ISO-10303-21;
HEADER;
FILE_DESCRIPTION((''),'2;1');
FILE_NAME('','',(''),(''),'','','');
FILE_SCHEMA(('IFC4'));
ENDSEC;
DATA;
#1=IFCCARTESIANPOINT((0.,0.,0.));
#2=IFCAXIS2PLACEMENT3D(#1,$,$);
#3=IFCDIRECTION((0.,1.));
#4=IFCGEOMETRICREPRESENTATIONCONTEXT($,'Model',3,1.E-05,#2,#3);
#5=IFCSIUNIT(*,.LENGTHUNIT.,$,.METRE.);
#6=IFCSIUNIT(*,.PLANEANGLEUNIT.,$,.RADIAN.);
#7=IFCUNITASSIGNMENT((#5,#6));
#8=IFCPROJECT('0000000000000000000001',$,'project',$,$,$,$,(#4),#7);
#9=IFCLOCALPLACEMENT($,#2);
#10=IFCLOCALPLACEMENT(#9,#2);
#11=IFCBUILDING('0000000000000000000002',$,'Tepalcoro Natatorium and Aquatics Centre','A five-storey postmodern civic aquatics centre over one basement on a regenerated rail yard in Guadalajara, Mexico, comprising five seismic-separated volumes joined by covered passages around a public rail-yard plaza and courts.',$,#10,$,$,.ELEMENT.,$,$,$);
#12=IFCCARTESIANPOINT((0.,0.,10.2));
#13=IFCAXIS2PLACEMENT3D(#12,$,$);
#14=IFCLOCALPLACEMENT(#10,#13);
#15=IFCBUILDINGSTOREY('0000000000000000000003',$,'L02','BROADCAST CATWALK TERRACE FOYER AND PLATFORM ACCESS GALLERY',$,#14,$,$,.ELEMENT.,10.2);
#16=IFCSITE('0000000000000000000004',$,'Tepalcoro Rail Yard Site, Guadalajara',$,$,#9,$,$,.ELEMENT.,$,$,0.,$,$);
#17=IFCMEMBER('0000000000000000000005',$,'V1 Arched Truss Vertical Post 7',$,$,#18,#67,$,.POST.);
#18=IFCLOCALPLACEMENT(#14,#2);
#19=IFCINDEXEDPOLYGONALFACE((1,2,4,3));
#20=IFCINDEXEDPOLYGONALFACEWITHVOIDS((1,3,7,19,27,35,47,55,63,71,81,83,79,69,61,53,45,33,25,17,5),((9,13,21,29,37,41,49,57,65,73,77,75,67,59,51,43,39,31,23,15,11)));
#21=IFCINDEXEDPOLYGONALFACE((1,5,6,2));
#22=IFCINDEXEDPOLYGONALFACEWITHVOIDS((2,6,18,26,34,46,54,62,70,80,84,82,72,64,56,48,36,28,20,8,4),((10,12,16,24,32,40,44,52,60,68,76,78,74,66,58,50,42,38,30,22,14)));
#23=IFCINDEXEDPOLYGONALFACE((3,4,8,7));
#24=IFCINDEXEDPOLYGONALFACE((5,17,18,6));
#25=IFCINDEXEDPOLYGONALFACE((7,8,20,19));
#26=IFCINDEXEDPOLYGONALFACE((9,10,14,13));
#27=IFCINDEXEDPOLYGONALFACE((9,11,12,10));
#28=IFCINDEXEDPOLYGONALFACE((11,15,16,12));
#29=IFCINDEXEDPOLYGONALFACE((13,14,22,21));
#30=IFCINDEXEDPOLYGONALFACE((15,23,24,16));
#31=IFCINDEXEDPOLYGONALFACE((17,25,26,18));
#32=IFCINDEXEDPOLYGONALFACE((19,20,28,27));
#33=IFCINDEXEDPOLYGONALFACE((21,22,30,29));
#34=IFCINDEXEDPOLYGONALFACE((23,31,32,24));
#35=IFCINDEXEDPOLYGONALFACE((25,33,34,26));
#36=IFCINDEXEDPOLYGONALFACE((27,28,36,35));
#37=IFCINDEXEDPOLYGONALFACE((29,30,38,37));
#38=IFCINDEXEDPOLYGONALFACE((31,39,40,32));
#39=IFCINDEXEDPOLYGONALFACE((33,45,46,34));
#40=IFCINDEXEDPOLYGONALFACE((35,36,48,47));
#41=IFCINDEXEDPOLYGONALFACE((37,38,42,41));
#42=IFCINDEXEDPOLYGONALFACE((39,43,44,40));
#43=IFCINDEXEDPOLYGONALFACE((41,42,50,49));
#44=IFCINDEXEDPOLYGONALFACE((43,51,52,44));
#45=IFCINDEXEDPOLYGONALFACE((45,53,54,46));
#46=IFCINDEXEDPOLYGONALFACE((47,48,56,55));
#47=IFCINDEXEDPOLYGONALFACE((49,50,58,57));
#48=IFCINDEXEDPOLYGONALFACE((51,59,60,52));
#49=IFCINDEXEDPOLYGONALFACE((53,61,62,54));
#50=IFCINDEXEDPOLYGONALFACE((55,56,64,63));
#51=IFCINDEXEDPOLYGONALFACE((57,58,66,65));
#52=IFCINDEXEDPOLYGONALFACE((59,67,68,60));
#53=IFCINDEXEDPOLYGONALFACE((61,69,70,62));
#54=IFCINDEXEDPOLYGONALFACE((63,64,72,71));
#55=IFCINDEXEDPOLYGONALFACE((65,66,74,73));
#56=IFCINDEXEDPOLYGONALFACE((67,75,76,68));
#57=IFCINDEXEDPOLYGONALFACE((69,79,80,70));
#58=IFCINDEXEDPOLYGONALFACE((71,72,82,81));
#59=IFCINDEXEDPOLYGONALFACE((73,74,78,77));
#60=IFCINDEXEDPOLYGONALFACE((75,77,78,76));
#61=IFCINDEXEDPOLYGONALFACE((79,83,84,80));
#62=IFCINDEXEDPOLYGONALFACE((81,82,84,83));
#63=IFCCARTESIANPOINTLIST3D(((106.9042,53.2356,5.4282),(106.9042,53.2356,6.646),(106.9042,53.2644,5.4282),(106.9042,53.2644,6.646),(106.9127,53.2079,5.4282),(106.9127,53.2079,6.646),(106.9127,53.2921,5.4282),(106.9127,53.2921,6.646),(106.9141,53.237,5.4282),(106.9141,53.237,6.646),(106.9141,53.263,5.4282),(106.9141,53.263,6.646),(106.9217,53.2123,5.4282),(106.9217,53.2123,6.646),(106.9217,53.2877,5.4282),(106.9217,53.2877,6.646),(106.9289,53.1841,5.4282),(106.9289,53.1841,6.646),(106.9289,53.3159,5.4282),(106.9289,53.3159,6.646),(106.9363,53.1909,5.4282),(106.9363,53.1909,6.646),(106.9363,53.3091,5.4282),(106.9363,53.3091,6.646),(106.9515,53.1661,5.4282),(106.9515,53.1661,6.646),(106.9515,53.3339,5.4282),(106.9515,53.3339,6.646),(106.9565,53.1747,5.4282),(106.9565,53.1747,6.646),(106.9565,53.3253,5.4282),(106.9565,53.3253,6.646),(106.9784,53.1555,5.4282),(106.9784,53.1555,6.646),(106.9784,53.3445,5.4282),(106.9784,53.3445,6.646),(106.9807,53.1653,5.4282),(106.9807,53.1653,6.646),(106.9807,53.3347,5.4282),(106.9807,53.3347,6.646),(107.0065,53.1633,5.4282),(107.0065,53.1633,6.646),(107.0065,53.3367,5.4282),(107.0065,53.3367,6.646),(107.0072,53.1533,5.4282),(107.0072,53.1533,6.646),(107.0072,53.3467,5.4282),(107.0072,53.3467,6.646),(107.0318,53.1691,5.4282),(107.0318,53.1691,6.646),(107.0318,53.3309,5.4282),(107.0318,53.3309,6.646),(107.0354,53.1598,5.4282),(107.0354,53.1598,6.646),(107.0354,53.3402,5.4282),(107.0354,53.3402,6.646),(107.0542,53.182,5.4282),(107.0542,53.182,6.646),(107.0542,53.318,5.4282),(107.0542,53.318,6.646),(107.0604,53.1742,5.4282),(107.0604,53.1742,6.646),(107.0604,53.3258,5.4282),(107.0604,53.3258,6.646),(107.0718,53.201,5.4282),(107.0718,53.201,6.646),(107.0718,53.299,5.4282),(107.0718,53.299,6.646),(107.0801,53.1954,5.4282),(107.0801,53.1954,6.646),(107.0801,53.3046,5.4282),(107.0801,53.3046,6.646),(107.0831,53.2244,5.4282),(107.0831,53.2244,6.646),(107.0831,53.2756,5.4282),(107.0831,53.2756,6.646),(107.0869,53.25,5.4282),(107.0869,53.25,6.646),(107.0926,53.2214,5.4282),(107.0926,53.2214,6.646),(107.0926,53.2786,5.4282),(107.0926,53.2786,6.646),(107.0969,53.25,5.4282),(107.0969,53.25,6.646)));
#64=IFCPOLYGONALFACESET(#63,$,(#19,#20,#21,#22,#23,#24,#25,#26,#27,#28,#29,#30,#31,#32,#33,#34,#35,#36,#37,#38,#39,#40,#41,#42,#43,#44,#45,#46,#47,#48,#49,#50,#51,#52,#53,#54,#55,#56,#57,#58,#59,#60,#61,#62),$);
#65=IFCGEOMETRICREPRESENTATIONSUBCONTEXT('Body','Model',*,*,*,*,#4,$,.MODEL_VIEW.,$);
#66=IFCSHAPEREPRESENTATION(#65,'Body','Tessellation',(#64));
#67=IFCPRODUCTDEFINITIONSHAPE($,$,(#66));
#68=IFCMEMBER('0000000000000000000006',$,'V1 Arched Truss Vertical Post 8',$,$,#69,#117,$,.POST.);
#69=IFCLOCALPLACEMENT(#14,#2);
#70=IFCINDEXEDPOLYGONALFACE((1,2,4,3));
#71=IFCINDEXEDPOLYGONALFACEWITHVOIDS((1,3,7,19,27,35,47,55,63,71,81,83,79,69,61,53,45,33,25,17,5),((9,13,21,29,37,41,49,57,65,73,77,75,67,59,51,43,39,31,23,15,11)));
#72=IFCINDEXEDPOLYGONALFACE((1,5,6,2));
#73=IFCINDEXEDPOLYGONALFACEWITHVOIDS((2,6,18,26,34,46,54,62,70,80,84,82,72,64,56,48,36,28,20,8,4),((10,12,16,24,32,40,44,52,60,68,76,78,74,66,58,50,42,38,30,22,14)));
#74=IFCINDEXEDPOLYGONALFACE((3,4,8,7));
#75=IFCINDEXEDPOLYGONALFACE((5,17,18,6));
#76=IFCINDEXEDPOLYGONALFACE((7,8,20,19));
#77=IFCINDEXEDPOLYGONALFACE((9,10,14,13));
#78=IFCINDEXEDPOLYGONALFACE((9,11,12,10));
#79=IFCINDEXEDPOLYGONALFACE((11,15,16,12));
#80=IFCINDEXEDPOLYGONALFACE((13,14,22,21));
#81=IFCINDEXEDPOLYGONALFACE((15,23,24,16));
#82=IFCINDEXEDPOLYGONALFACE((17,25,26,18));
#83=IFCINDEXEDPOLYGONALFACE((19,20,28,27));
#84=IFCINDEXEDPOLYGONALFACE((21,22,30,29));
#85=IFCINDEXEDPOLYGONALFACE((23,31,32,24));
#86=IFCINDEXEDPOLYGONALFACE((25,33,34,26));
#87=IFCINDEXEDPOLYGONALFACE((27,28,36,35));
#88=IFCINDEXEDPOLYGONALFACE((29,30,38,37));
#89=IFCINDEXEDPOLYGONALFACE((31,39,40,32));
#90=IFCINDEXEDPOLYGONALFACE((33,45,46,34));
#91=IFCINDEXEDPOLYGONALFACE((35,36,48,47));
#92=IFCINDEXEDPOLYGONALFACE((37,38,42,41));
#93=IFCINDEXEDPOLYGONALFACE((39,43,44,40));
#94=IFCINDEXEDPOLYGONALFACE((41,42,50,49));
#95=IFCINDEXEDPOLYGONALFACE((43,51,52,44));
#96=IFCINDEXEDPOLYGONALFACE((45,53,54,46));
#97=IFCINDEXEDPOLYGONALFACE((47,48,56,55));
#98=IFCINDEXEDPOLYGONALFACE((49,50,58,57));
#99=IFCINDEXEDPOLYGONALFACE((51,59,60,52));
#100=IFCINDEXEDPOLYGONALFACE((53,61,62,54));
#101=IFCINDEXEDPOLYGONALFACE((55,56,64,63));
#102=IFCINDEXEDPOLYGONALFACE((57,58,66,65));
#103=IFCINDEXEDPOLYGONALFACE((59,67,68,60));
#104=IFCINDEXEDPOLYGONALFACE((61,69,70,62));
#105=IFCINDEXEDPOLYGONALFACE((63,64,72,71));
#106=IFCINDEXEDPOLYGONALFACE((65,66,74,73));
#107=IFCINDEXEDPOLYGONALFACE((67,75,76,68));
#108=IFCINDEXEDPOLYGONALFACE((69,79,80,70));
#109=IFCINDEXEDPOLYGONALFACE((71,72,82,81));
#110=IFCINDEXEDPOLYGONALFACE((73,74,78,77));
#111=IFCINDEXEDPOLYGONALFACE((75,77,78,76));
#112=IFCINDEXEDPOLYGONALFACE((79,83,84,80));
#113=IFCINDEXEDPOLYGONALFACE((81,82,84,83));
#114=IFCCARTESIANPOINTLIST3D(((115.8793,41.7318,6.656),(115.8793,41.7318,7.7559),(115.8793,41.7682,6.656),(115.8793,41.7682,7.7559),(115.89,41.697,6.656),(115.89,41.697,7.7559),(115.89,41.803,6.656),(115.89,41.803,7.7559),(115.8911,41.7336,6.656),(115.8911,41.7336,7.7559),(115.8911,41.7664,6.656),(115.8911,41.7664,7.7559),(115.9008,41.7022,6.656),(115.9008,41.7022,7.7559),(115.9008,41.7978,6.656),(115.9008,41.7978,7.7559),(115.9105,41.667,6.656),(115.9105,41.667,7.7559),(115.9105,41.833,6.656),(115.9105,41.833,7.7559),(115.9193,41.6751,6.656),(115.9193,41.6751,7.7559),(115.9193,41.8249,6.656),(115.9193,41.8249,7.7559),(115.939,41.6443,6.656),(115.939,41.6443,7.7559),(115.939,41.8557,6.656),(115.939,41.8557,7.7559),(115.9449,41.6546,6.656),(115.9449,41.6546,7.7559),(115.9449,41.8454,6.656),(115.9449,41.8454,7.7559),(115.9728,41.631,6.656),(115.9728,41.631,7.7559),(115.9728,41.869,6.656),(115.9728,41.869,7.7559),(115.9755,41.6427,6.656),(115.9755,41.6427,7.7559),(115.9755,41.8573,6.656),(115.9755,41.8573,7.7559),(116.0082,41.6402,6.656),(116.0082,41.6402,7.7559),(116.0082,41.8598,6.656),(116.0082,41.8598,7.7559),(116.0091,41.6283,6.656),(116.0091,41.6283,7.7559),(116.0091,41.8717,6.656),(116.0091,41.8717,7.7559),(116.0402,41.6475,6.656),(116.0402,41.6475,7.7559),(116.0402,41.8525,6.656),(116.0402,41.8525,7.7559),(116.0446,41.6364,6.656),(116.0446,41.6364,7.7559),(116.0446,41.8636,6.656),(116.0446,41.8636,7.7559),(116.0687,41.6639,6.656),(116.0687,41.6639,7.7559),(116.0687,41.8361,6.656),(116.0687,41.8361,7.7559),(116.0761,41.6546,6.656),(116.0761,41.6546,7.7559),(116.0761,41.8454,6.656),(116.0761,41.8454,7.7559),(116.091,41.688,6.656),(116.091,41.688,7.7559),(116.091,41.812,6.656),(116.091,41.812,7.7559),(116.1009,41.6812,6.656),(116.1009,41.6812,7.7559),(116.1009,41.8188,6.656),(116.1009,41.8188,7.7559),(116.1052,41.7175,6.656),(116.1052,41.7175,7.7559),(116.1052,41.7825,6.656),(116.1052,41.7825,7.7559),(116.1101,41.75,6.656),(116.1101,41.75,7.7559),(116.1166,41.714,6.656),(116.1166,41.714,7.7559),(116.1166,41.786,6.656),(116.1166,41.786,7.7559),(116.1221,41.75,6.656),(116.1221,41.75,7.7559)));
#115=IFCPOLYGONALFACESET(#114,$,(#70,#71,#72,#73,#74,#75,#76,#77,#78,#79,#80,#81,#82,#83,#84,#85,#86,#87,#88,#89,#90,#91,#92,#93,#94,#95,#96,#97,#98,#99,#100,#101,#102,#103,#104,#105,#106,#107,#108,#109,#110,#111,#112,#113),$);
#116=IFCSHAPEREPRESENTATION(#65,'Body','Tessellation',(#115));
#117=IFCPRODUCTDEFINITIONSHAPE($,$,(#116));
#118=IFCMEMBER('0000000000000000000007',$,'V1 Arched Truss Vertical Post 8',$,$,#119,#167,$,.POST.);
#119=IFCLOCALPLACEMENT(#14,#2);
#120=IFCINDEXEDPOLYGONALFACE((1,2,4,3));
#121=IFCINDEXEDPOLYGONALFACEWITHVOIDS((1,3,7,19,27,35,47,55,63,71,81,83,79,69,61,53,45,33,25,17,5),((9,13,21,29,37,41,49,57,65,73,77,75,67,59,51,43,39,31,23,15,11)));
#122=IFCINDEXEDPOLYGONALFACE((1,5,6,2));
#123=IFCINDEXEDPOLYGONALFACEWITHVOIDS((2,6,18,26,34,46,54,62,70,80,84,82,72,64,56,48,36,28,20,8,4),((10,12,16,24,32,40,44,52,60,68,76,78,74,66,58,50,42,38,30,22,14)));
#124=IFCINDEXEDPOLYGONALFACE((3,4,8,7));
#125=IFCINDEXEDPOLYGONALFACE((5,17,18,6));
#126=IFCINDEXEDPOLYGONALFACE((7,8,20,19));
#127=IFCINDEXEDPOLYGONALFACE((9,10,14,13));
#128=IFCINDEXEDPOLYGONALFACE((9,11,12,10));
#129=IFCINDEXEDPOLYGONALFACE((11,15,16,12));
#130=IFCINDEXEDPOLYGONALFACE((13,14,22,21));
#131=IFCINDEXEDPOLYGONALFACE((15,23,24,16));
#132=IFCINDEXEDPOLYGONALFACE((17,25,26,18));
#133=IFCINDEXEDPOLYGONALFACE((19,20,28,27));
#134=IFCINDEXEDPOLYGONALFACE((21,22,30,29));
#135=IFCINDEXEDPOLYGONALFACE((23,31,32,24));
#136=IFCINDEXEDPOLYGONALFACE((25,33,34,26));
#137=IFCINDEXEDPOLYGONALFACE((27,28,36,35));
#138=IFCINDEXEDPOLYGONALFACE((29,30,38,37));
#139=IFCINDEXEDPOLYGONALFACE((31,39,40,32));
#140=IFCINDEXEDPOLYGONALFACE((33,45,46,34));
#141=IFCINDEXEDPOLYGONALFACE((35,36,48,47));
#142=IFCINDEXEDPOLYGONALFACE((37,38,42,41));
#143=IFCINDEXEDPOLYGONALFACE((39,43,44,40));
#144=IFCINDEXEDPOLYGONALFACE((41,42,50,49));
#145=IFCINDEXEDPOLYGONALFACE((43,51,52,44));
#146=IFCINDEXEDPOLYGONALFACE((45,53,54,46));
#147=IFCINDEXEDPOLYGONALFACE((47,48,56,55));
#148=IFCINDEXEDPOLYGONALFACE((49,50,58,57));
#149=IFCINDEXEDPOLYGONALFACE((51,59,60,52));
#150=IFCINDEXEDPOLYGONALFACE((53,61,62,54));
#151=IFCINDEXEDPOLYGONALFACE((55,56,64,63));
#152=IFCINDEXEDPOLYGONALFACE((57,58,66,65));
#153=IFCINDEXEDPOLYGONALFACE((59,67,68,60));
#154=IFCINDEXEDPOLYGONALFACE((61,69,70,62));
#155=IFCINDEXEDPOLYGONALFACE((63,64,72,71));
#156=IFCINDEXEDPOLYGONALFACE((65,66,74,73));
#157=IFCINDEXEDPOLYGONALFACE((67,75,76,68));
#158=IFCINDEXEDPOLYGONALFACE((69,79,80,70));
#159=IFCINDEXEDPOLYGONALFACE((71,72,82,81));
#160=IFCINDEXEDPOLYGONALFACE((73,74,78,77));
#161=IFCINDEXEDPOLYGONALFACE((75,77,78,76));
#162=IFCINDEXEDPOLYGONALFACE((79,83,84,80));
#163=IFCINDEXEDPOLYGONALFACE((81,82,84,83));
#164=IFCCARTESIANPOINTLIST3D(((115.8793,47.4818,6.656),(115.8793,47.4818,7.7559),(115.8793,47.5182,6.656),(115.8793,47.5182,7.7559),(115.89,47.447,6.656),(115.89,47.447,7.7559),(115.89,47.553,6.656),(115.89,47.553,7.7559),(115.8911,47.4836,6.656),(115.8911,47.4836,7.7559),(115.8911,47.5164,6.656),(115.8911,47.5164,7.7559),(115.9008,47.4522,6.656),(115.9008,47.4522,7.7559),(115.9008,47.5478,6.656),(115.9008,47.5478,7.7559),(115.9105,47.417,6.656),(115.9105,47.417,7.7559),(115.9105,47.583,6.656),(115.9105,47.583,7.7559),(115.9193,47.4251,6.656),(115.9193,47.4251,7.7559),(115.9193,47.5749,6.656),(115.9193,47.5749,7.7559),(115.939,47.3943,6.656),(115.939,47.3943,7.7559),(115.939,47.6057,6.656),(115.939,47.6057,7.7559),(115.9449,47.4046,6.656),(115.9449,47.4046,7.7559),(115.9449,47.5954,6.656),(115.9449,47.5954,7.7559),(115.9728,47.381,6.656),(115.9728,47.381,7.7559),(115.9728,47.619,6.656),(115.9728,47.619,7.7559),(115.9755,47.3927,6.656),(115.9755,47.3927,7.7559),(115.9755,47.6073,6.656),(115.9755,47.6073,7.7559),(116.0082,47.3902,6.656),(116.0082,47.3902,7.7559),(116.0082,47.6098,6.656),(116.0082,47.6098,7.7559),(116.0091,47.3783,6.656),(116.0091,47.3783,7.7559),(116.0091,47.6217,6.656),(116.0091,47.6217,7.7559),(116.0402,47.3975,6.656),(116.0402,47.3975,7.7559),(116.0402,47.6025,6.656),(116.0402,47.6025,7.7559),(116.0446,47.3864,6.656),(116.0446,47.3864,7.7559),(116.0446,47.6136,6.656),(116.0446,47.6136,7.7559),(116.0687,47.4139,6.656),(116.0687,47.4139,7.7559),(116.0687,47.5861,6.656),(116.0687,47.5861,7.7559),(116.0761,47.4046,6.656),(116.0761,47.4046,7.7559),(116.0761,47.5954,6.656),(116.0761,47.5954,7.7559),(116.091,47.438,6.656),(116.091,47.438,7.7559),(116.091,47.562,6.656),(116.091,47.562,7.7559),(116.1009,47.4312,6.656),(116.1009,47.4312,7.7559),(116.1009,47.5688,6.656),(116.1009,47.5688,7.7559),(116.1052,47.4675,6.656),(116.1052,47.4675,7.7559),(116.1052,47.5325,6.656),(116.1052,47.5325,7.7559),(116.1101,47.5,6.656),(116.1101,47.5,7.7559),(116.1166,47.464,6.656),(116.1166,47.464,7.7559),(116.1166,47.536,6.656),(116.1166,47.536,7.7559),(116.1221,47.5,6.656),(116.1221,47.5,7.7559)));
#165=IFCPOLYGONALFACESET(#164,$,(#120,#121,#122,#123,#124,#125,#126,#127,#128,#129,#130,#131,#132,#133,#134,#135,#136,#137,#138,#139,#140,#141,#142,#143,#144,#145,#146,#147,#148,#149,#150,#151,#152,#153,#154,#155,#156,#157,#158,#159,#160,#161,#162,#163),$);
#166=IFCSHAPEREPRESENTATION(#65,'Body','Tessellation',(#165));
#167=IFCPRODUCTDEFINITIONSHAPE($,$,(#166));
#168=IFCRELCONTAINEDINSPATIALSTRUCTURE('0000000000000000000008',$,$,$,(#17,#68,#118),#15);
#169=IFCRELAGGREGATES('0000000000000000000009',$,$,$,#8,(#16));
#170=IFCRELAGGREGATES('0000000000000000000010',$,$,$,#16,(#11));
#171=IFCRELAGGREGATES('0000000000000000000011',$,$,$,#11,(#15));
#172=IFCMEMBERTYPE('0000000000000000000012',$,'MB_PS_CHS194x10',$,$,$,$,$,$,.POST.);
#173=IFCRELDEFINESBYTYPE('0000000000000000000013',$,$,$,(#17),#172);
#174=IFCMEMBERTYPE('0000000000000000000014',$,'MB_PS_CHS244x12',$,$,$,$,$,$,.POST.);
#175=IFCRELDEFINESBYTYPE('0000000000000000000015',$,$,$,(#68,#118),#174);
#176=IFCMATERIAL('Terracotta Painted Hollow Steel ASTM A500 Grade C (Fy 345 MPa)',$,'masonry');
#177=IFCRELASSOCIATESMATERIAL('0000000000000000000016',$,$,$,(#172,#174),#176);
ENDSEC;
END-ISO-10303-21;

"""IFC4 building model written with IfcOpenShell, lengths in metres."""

from ifc_helpers import new_model, si_unit, direction, frame, origin, origin_2d, place, context, subcontext, project, spatial, hollow_circle, extrude, material, material_profile, profile_set, type_object, element, save


model = new_model("IFC4")

# Units and contexts
model_context = context("Model", 3, precision=1e-05, world=origin(), true_north=direction((0.0, 1.0)))
body_context = subcontext(model_context, "Body", "Model", "MODEL_VIEW")
ifc_project = project(units=[si_unit("LENGTHUNIT", "METRE"), si_unit("PLANEANGLEUNIT", "RADIAN")], contexts=[model_context])

# Site, building, storey
site_placement = place(None, origin())
site = spatial("IfcSite", under=ifc_project, at=site_placement, Name="Tepalcoro Rail Yard Site, Guadalajara", CompositionType="ELEMENT", RefElevation=0.0)
building_placement = place(site_placement, origin())
building = spatial("IfcBuilding", under=site, at=building_placement, Name="Tepalcoro Natatorium and Aquatics Centre", Description="A five-storey postmodern civic aquatics centre over one basement on a regenerated rail yard in Guadalajara, Mexico, comprising five seismic-separated volumes joined by covered passages around a public rail-yard plaza and courts.", CompositionType="ELEMENT")
storey_placement = place(building_placement, frame((0.0, 0.0, 10.2)))
storey = spatial("IfcBuildingStorey", under=building, at=storey_placement, Name="L02", Description="BROADCAST CATWALK TERRACE FOYER AND PLATFORM ACCESS GALLERY", CompositionType="ELEMENT", Elevation=10.2)

# Shared definitions
ifc_material_1 = material(Name="Terracotta Painted Hollow Steel ASTM A500 Grade C (Fy 345 MPa)", Category="masonry")

# Members
ifc_material_profile_1 = material_profile(ifc_material_1, hollow_circle(Radius=0.0969, WallThickness=0.01, at=origin_2d()), Name="CHS194X10")
ifc_profile_set_1 = profile_set([ifc_material_profile_1], Name="Terracotta Painted Hollow Steel ASTM A500 Grade C (Fy 345 MPa)")
member_type_1 = type_object("IfcMemberType", Name="MB_PS_CHS194x10", PredefinedType="POST", material=ifc_profile_set_1)
member_1_placement = place(storey_placement, frame((107.0, 53.25, 5.4282), z_axis=(0.0, 0.0, 1.0), x_axis=(1.0, 0.0, 0.0)))
element("IfcMember", 1, at=member_1_placement, inside=storey, type_object=member_type_1, Name="V1 Arched Truss Vertical Post 7", PredefinedType="POST", context=body_context, shape_type="SweptSolid", body=[
    extrude(hollow_circle(Radius=0.0969, WallThickness=0.01, at=origin_2d()), origin(), (0.0, 0.0, 1.0), 1.2178),
])
ifc_material_profile_2 = material_profile(ifc_material_1, hollow_circle(Radius=0.1221, WallThickness=0.012, at=origin_2d()), Name="CHS244X12")
ifc_profile_set_2 = profile_set([ifc_material_profile_2], Name="Terracotta Painted Hollow Steel ASTM A500 Grade C (Fy 345 MPa)")
member_type_2 = type_object("IfcMemberType", Name="MB_PS_CHS244x12", PredefinedType="POST", material=ifc_profile_set_2)
for number, where, z_axis, x_axis, name in (
    (2, (116.0, 41.75, 6.656), (0.0, 0.0, 1.0), (1.0, 0.0, 0.0), "V1 Arched Truss Vertical Post 8"),
    (3, (116.0, 47.5, 6.656), (0.0, 0.0, 1.0), (1.0, 0.0, 0.0), "V1 Arched Truss Vertical Post 8"),
):
    element("IfcMember", number, at=place(storey_placement, frame(where, z_axis=z_axis, x_axis=x_axis)), inside=storey, type_object=member_type_2, Name=name, PredefinedType="POST", context=body_context, shape_type="SweptSolid", body=[
        extrude(hollow_circle(Radius=0.1221, WallThickness=0.012, at=origin_2d()), origin(), (0.0, 0.0, 1.0), 1.0999),
    ])

save(model, "model.ifc")
